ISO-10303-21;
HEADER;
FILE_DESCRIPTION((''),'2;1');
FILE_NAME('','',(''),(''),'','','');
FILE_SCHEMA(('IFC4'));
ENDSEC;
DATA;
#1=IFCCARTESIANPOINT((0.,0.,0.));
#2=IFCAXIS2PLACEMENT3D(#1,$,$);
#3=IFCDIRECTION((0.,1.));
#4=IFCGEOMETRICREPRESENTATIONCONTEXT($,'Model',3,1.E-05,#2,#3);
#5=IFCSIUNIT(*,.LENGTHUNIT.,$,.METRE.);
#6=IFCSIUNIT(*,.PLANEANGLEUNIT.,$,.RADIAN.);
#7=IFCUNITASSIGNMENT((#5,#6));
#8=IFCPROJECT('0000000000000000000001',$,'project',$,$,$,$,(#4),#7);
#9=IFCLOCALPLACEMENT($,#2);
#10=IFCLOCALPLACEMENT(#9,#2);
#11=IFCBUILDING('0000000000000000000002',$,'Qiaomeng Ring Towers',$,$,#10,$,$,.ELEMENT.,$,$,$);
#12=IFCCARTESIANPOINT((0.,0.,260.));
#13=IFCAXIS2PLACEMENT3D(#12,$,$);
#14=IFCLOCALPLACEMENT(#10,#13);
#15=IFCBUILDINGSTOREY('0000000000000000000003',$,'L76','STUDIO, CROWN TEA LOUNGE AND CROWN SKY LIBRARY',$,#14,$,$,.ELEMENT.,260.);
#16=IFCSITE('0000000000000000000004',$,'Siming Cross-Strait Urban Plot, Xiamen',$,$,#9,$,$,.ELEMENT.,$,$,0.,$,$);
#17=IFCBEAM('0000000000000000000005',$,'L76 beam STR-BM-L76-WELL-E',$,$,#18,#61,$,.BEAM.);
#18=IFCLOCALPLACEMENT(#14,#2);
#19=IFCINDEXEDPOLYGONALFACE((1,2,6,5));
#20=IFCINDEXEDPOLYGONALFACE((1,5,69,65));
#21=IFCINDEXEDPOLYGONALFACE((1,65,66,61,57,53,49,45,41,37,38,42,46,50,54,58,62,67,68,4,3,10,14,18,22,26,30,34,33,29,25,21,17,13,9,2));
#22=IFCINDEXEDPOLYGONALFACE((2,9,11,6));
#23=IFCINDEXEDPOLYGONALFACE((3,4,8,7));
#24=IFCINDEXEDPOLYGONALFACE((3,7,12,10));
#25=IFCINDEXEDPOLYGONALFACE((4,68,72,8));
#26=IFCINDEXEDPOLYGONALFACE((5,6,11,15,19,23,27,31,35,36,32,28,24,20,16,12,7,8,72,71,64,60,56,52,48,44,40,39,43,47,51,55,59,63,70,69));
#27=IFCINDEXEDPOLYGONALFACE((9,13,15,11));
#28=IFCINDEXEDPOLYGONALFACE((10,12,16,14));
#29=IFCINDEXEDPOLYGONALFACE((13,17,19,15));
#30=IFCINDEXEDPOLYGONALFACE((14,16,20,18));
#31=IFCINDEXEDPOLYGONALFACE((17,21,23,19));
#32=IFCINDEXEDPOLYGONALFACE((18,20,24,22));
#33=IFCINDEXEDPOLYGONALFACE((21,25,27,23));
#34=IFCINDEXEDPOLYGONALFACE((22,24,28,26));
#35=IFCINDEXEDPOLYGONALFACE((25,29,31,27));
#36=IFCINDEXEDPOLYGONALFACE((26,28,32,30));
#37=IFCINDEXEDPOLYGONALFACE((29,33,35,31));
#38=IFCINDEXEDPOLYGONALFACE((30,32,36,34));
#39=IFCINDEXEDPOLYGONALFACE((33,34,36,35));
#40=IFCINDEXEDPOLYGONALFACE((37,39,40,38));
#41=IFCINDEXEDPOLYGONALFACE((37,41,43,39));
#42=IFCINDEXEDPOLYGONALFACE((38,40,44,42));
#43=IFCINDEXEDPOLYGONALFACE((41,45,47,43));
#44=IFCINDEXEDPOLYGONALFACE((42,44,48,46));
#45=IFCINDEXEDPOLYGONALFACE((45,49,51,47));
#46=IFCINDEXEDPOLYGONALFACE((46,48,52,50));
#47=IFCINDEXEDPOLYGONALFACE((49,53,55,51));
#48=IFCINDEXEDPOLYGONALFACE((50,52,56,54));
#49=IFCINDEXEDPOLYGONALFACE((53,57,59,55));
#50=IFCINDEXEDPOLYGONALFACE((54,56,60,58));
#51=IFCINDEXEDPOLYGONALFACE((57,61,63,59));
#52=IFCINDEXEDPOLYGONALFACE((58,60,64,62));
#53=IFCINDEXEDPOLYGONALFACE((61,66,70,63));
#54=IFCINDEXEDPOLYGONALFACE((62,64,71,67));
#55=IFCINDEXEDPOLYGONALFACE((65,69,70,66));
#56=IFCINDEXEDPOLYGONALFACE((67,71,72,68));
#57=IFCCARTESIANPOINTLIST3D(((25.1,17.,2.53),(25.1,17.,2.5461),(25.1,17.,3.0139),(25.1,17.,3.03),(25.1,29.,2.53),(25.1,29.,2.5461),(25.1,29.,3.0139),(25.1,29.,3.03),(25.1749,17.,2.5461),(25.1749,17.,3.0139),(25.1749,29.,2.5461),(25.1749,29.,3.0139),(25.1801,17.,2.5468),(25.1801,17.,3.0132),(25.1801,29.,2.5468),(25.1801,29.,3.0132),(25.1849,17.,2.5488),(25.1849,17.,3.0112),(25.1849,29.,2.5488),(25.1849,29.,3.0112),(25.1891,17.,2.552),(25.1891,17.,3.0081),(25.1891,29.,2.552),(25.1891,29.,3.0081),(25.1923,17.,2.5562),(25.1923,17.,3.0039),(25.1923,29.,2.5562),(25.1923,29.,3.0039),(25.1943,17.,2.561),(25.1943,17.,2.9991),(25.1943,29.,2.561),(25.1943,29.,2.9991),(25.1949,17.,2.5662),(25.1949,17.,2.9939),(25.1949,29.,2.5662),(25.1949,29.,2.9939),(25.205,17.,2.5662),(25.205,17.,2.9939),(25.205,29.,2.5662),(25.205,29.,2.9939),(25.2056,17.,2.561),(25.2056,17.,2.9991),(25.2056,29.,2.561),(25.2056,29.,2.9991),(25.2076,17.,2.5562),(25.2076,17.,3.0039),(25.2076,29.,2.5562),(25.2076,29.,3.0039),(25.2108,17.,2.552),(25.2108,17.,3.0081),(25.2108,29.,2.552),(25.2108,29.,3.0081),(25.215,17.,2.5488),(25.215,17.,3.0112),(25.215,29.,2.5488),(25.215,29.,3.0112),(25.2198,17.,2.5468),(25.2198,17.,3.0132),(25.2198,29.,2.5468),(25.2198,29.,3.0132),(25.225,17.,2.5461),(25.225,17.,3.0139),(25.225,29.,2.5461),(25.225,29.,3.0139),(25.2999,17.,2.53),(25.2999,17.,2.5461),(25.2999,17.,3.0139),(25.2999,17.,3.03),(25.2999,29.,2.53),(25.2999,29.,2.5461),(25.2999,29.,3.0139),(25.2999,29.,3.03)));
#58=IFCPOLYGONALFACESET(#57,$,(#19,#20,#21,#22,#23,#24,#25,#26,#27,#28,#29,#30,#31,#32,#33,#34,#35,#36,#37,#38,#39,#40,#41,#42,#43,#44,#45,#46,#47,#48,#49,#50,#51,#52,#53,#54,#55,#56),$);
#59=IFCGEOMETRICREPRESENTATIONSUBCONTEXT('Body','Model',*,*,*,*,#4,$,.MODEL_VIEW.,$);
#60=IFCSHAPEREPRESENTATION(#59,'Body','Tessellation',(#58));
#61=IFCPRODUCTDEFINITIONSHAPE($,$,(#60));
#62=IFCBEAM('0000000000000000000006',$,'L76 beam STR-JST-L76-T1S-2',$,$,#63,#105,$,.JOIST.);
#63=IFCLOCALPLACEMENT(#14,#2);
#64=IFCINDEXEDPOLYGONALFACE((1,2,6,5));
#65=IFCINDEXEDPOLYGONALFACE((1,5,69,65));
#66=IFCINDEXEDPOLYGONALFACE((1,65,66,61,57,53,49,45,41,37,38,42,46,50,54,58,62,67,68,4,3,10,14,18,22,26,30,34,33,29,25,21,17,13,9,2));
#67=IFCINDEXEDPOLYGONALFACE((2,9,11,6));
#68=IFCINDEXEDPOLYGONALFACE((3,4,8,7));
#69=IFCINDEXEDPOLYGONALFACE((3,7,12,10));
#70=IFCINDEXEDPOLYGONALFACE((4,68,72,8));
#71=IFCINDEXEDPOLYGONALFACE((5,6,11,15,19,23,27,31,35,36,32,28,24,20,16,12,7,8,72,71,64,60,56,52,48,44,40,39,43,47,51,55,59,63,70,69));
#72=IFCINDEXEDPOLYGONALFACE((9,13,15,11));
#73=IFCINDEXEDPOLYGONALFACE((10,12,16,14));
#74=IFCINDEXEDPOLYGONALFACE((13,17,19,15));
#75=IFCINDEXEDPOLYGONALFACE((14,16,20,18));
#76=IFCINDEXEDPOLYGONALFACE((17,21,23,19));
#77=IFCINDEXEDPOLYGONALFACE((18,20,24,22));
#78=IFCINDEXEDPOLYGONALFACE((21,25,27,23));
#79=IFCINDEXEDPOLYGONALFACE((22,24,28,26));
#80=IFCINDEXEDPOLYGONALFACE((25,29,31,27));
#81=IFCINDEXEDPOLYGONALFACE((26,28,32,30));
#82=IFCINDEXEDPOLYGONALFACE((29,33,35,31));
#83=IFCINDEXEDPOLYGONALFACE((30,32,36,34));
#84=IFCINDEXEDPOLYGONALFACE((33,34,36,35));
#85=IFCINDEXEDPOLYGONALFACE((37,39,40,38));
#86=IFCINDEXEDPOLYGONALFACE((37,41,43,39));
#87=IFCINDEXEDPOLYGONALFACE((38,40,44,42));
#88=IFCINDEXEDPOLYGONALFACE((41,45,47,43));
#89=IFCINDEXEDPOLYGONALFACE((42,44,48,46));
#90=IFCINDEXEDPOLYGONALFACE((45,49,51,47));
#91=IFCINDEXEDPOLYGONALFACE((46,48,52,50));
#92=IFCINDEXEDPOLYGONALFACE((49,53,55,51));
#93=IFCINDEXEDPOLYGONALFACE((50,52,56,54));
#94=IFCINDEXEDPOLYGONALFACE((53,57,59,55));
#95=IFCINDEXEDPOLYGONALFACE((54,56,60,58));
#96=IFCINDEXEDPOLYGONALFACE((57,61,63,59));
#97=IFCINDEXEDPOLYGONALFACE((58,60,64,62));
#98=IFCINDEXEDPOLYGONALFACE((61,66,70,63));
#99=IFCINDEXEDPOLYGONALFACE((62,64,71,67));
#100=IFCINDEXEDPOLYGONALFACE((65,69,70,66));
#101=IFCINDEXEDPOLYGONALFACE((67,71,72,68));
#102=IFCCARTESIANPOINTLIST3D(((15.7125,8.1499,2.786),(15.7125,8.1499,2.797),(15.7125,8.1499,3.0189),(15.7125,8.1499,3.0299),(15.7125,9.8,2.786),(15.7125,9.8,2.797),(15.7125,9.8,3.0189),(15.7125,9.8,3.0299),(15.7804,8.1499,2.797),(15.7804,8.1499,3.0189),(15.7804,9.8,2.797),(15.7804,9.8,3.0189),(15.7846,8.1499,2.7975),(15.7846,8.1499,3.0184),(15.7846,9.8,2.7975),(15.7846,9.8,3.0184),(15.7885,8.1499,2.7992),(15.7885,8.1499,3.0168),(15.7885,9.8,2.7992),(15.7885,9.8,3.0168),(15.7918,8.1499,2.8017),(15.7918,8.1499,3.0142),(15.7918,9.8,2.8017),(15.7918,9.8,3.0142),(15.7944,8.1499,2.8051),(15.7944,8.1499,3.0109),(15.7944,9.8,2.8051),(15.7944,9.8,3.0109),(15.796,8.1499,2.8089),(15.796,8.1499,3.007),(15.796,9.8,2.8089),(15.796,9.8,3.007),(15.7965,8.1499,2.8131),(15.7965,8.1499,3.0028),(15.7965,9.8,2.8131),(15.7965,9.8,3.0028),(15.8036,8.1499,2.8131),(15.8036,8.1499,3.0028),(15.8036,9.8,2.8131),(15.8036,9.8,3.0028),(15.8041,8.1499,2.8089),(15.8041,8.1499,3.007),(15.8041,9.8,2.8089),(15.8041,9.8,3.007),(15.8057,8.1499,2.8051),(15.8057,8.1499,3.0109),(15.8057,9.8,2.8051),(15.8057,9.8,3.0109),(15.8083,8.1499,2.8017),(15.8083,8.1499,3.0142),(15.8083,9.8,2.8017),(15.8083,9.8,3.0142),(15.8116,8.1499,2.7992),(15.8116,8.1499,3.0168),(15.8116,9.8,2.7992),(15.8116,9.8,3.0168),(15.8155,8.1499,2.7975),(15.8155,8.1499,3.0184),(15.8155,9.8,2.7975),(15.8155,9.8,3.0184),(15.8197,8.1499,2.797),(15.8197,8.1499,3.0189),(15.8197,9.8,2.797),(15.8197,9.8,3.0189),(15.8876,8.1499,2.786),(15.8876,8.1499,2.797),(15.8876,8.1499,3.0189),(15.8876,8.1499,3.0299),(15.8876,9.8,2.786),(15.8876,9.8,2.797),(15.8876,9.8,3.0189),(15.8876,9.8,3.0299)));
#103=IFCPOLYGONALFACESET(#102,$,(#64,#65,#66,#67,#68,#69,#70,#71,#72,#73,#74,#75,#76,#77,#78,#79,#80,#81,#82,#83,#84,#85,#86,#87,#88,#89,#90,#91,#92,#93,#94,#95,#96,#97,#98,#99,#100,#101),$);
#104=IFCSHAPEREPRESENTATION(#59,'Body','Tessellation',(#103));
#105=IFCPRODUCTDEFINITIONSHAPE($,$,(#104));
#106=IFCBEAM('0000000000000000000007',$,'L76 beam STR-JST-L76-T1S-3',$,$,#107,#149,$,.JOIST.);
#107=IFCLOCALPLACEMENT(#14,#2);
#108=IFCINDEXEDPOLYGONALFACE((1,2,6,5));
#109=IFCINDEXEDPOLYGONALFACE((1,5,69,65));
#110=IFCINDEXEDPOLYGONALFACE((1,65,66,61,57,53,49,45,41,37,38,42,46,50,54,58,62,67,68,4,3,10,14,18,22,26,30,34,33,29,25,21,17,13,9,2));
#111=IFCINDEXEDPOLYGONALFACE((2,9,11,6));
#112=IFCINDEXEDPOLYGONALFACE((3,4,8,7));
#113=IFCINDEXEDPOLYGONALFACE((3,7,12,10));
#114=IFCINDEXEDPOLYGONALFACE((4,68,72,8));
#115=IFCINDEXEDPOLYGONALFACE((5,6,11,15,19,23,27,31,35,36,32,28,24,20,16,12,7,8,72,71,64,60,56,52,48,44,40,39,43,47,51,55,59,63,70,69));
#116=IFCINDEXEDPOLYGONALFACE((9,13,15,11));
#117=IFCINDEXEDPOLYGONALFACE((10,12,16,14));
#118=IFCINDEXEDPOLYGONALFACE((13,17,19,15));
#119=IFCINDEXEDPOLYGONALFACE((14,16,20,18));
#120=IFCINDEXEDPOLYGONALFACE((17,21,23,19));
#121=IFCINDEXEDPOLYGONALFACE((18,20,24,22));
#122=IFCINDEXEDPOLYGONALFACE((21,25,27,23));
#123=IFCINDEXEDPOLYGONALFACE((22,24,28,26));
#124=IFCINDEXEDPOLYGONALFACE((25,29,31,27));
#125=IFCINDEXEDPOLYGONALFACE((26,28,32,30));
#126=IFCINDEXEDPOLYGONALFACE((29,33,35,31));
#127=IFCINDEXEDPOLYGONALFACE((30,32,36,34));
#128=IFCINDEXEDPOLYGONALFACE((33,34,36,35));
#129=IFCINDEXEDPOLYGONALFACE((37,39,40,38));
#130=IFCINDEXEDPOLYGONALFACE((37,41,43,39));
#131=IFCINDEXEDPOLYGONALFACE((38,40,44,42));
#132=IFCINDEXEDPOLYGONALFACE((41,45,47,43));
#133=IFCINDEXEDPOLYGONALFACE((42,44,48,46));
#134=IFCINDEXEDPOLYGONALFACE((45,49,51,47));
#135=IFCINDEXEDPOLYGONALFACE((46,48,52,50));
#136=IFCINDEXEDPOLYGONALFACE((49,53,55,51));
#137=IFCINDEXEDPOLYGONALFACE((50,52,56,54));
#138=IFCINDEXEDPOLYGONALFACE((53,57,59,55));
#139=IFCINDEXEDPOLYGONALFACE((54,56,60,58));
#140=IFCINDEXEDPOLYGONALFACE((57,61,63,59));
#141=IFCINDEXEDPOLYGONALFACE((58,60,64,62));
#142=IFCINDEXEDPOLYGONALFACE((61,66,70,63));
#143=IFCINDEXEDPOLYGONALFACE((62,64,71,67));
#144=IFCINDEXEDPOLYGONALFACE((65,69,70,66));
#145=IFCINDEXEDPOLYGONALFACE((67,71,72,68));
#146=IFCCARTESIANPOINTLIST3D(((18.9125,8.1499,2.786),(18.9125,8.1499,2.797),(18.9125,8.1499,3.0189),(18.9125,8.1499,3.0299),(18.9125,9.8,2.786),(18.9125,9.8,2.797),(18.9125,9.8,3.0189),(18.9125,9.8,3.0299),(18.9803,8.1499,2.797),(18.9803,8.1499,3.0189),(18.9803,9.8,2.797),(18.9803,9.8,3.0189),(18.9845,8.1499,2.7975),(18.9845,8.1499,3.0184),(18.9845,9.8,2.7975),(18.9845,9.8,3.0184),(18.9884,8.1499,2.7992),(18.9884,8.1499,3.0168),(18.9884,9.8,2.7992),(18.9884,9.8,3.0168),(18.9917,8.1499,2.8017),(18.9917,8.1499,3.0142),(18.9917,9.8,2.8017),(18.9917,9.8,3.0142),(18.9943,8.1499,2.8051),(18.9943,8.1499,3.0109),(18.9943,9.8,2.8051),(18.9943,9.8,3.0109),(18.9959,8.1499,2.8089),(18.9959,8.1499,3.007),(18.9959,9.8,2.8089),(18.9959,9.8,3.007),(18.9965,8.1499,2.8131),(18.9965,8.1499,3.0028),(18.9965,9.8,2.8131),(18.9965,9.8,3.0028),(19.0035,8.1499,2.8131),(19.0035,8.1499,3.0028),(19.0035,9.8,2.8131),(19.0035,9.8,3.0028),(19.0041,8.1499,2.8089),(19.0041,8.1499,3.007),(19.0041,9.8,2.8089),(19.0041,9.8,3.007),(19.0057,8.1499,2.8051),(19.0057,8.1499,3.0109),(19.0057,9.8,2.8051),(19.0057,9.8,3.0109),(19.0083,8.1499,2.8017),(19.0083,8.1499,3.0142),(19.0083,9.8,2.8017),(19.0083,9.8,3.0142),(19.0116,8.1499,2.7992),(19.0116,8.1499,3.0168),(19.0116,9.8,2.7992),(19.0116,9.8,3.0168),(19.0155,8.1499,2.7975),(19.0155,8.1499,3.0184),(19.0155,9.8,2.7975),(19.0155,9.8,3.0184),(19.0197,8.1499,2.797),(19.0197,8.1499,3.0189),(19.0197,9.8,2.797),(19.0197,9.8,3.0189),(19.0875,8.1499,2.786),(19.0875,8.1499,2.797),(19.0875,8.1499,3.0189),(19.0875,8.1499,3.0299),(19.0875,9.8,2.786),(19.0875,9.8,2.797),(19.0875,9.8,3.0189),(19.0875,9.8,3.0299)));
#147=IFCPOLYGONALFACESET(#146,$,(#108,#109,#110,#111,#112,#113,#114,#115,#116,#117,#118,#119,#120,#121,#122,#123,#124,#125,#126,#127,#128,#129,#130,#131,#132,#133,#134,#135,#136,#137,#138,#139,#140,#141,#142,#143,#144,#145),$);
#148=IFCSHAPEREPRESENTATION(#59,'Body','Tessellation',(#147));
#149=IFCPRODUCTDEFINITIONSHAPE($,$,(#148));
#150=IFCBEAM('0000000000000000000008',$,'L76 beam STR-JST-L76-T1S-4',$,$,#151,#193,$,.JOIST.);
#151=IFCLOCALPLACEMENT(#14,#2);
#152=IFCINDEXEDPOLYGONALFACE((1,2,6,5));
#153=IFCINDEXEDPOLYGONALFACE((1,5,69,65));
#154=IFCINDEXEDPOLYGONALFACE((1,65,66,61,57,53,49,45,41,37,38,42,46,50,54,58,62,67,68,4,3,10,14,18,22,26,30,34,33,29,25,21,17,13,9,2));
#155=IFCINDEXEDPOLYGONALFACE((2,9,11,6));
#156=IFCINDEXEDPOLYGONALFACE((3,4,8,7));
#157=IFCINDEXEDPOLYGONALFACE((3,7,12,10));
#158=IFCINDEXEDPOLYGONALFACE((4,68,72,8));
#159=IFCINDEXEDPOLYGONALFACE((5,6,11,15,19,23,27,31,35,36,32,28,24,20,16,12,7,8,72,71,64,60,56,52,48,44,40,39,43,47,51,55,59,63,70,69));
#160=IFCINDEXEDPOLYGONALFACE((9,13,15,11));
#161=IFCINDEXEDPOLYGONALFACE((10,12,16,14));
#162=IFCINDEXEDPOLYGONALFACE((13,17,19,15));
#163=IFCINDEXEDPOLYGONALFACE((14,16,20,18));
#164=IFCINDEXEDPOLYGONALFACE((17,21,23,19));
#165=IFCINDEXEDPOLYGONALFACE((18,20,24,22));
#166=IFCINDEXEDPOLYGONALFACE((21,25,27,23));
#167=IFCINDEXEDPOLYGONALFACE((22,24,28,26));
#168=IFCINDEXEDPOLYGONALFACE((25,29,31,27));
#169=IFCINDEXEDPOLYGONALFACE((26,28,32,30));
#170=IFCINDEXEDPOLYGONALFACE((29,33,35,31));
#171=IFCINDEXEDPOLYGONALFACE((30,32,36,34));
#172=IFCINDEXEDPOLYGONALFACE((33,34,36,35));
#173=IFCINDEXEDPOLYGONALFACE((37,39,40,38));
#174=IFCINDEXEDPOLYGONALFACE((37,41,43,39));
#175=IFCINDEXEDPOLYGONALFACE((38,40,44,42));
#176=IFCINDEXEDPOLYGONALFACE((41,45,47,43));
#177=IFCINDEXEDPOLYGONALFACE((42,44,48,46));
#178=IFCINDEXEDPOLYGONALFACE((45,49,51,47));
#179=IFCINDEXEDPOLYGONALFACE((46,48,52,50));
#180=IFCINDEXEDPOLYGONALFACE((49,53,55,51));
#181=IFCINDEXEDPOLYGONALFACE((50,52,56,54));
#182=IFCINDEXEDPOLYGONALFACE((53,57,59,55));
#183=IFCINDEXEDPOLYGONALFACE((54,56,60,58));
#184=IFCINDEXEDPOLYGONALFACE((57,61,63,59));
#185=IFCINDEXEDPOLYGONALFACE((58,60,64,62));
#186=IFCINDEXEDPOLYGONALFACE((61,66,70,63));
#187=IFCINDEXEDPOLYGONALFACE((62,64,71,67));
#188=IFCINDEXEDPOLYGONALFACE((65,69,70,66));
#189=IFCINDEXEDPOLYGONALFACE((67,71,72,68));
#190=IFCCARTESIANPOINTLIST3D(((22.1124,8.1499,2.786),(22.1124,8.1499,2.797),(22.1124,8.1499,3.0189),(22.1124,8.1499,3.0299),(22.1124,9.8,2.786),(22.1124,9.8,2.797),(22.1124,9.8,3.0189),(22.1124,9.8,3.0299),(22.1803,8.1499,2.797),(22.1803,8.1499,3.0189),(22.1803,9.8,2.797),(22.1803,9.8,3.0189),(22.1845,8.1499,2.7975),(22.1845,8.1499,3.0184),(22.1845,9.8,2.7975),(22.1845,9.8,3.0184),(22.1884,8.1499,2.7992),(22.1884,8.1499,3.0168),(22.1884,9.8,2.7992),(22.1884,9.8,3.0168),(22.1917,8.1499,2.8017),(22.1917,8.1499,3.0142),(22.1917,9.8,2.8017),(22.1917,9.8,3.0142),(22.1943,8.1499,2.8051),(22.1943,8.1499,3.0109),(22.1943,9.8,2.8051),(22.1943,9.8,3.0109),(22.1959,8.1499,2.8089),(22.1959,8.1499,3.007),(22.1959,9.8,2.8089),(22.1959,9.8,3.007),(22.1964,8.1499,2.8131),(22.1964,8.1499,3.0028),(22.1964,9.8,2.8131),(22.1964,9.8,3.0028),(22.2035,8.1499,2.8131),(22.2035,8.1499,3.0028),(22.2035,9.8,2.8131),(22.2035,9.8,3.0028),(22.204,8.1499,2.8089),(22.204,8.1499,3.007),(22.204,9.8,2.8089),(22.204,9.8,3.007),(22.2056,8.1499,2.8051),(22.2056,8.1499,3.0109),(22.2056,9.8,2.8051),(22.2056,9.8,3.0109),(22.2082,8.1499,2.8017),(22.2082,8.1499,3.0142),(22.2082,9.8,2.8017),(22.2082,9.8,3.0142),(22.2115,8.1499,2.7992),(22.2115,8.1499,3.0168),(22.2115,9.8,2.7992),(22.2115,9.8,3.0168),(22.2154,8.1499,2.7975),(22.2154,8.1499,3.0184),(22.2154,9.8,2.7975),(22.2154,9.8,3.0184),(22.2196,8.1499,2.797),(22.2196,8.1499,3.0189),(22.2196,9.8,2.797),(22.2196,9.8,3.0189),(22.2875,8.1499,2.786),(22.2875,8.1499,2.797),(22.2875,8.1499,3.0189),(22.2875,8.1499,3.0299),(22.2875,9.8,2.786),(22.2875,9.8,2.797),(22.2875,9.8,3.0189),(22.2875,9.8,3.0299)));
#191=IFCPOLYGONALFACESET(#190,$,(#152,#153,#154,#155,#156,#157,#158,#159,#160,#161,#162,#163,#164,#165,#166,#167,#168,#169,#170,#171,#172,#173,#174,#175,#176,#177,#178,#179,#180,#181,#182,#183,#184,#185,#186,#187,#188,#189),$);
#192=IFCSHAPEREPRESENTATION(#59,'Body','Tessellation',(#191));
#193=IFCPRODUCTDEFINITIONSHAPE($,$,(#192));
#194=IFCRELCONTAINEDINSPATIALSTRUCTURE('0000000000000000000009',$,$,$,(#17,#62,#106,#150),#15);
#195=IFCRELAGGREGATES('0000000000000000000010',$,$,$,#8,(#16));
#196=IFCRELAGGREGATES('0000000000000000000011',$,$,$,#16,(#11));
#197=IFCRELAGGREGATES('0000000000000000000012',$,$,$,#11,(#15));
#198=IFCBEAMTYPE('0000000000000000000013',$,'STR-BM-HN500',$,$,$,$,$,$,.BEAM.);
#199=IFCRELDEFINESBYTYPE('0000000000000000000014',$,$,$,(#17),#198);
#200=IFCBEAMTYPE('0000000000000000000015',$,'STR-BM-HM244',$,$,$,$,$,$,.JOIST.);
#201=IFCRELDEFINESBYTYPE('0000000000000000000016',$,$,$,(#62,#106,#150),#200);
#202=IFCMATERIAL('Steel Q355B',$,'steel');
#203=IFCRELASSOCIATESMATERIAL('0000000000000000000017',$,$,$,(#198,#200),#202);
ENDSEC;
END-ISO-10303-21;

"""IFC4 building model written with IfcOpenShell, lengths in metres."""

from ifc_helpers import new_model, si_unit, direction, frame, origin, origin_2d, place, context, subcontext, project, spatial, i_section, extrude, source, transform, mapped, material, material_profile, profile_set, type_object, element, save


model = new_model("IFC4")

# Units and contexts
model_context = context("Model", 3, precision=1e-05, world=origin(), true_north=direction((0.0, 1.0)))
body_context = subcontext(model_context, "Body", "Model", "MODEL_VIEW")
ifc_project = project(units=[si_unit("LENGTHUNIT", "METRE"), si_unit("PLANEANGLEUNIT", "RADIAN")], contexts=[model_context])

# Site, building, storey
site_placement = place(None, origin())
site = spatial("IfcSite", under=ifc_project, at=site_placement, Name="Siming Cross-Strait Urban Plot, Xiamen", CompositionType="ELEMENT", RefElevation=0.0)
building_placement = place(site_placement, origin())
building = spatial("IfcBuilding", under=site, at=building_placement, Name="Qiaomeng Ring Towers", CompositionType="ELEMENT")
storey_placement = place(building_placement, frame((0.0, 0.0, 260.0)))
storey = spatial("IfcBuildingStorey", under=building, at=storey_placement, Name="L76", Description="STUDIO, CROWN TEA LOUNGE AND CROWN SKY LIBRARY", CompositionType="ELEMENT", Elevation=260.0)

# Beams
ifc_material_1 = material(Name="Steel Q355B", Category="steel")
ifc_material_profile_1 = material_profile(ifc_material_1, i_section(OverallWidth=0.2, OverallDepth=0.5, WebThickness=0.01, FlangeThickness=0.0161, FilletRadius=0.02, at=origin_2d()), Name="HN 500x200x10x16")
ifc_profile_set_1 = profile_set([ifc_material_profile_1], Name="Steel Q355B")
beam_type_1 = type_object("IfcBeamType", Name="STR-BM-HN500", PredefinedType="BEAM", material=ifc_profile_set_1)
shared_shape_1 = source(origin(), body_context, "Body", "SweptSolid", [
    extrude(i_section(OverallWidth=0.2, OverallDepth=0.5, WebThickness=0.01, FlangeThickness=0.0161, FilletRadius=0.02, at=origin_2d()), origin(), (0.0, 0.0, 1.0), 12.0),
])
beam_placement = place(storey_placement, frame((25.2, 17.0, 2.78), z_axis=(0.0, 1.0, 0.0), x_axis=(-1.0, 0.0, 0.0)))
element("IfcBeam", 1, at=beam_placement, inside=storey, type_object=beam_type_1, Name="L76 beam STR-BM-L76-WELL-E", PredefinedType="BEAM", context=body_context, shape_type="MappedRepresentation", body=[
    mapped(shared_shape_1, transform((0.0, 0.0, 0.0), x_axis=(1.0, 0.0, 0.0), y_axis=(0.0, 1.0, 0.0), z_axis=(0.0, 0.0, 1.0), scale=1.0)),
])
ifc_material_profile_2 = material_profile(ifc_material_1, i_section(OverallWidth=0.175, OverallDepth=0.2439, WebThickness=0.0071, FlangeThickness=0.011, FilletRadius=0.0161, at=origin_2d()), Name="HM 244x175x7x11")
ifc_profile_set_2 = profile_set([ifc_material_profile_2], Name="Steel Q355B")
beam_type_2 = type_object("IfcBeamType", Name="STR-BM-HM244", PredefinedType="JOIST", material=ifc_profile_set_2)
shared_shape_2 = source(origin(), body_context, "Body", "SweptSolid", [
    extrude(i_section(OverallWidth=0.175, OverallDepth=0.2439, WebThickness=0.0071, FlangeThickness=0.011, FilletRadius=0.0161, at=origin_2d()), origin(), (0.0, 0.0, 1.0), 1.6501),
])
for number, where, z_axis, x_axis, name in (
    (2, (15.8, 8.1499, 2.908), (0.0, 1.0, 0.0), (-1.0, 0.0, 0.0), "L76 beam STR-JST-L76-T1S-2"),
    (3, (19.0, 8.1499, 2.908), (0.0, 1.0, 0.0), (-1.0, 0.0, 0.0), "L76 beam STR-JST-L76-T1S-3"),
    (4, (22.2, 8.1499, 2.908), (0.0, 1.0, 0.0), (-1.0, 0.0, 0.0), "L76 beam STR-JST-L76-T1S-4"),
):
    element("IfcBeam", number, at=place(storey_placement, frame(where, z_axis=z_axis, x_axis=x_axis)), inside=storey, type_object=beam_type_2, Name=name, PredefinedType="JOIST", context=body_context, shape_type="MappedRepresentation", body=[
        mapped(shared_shape_2, transform((0.0, 0.0, 0.0), x_axis=(1.0, 0.0, 0.0), y_axis=(0.0, 1.0, 0.0), z_axis=(0.0, 0.0, 1.0), scale=1.0)),
    ])

save(model, "model.ifc")
